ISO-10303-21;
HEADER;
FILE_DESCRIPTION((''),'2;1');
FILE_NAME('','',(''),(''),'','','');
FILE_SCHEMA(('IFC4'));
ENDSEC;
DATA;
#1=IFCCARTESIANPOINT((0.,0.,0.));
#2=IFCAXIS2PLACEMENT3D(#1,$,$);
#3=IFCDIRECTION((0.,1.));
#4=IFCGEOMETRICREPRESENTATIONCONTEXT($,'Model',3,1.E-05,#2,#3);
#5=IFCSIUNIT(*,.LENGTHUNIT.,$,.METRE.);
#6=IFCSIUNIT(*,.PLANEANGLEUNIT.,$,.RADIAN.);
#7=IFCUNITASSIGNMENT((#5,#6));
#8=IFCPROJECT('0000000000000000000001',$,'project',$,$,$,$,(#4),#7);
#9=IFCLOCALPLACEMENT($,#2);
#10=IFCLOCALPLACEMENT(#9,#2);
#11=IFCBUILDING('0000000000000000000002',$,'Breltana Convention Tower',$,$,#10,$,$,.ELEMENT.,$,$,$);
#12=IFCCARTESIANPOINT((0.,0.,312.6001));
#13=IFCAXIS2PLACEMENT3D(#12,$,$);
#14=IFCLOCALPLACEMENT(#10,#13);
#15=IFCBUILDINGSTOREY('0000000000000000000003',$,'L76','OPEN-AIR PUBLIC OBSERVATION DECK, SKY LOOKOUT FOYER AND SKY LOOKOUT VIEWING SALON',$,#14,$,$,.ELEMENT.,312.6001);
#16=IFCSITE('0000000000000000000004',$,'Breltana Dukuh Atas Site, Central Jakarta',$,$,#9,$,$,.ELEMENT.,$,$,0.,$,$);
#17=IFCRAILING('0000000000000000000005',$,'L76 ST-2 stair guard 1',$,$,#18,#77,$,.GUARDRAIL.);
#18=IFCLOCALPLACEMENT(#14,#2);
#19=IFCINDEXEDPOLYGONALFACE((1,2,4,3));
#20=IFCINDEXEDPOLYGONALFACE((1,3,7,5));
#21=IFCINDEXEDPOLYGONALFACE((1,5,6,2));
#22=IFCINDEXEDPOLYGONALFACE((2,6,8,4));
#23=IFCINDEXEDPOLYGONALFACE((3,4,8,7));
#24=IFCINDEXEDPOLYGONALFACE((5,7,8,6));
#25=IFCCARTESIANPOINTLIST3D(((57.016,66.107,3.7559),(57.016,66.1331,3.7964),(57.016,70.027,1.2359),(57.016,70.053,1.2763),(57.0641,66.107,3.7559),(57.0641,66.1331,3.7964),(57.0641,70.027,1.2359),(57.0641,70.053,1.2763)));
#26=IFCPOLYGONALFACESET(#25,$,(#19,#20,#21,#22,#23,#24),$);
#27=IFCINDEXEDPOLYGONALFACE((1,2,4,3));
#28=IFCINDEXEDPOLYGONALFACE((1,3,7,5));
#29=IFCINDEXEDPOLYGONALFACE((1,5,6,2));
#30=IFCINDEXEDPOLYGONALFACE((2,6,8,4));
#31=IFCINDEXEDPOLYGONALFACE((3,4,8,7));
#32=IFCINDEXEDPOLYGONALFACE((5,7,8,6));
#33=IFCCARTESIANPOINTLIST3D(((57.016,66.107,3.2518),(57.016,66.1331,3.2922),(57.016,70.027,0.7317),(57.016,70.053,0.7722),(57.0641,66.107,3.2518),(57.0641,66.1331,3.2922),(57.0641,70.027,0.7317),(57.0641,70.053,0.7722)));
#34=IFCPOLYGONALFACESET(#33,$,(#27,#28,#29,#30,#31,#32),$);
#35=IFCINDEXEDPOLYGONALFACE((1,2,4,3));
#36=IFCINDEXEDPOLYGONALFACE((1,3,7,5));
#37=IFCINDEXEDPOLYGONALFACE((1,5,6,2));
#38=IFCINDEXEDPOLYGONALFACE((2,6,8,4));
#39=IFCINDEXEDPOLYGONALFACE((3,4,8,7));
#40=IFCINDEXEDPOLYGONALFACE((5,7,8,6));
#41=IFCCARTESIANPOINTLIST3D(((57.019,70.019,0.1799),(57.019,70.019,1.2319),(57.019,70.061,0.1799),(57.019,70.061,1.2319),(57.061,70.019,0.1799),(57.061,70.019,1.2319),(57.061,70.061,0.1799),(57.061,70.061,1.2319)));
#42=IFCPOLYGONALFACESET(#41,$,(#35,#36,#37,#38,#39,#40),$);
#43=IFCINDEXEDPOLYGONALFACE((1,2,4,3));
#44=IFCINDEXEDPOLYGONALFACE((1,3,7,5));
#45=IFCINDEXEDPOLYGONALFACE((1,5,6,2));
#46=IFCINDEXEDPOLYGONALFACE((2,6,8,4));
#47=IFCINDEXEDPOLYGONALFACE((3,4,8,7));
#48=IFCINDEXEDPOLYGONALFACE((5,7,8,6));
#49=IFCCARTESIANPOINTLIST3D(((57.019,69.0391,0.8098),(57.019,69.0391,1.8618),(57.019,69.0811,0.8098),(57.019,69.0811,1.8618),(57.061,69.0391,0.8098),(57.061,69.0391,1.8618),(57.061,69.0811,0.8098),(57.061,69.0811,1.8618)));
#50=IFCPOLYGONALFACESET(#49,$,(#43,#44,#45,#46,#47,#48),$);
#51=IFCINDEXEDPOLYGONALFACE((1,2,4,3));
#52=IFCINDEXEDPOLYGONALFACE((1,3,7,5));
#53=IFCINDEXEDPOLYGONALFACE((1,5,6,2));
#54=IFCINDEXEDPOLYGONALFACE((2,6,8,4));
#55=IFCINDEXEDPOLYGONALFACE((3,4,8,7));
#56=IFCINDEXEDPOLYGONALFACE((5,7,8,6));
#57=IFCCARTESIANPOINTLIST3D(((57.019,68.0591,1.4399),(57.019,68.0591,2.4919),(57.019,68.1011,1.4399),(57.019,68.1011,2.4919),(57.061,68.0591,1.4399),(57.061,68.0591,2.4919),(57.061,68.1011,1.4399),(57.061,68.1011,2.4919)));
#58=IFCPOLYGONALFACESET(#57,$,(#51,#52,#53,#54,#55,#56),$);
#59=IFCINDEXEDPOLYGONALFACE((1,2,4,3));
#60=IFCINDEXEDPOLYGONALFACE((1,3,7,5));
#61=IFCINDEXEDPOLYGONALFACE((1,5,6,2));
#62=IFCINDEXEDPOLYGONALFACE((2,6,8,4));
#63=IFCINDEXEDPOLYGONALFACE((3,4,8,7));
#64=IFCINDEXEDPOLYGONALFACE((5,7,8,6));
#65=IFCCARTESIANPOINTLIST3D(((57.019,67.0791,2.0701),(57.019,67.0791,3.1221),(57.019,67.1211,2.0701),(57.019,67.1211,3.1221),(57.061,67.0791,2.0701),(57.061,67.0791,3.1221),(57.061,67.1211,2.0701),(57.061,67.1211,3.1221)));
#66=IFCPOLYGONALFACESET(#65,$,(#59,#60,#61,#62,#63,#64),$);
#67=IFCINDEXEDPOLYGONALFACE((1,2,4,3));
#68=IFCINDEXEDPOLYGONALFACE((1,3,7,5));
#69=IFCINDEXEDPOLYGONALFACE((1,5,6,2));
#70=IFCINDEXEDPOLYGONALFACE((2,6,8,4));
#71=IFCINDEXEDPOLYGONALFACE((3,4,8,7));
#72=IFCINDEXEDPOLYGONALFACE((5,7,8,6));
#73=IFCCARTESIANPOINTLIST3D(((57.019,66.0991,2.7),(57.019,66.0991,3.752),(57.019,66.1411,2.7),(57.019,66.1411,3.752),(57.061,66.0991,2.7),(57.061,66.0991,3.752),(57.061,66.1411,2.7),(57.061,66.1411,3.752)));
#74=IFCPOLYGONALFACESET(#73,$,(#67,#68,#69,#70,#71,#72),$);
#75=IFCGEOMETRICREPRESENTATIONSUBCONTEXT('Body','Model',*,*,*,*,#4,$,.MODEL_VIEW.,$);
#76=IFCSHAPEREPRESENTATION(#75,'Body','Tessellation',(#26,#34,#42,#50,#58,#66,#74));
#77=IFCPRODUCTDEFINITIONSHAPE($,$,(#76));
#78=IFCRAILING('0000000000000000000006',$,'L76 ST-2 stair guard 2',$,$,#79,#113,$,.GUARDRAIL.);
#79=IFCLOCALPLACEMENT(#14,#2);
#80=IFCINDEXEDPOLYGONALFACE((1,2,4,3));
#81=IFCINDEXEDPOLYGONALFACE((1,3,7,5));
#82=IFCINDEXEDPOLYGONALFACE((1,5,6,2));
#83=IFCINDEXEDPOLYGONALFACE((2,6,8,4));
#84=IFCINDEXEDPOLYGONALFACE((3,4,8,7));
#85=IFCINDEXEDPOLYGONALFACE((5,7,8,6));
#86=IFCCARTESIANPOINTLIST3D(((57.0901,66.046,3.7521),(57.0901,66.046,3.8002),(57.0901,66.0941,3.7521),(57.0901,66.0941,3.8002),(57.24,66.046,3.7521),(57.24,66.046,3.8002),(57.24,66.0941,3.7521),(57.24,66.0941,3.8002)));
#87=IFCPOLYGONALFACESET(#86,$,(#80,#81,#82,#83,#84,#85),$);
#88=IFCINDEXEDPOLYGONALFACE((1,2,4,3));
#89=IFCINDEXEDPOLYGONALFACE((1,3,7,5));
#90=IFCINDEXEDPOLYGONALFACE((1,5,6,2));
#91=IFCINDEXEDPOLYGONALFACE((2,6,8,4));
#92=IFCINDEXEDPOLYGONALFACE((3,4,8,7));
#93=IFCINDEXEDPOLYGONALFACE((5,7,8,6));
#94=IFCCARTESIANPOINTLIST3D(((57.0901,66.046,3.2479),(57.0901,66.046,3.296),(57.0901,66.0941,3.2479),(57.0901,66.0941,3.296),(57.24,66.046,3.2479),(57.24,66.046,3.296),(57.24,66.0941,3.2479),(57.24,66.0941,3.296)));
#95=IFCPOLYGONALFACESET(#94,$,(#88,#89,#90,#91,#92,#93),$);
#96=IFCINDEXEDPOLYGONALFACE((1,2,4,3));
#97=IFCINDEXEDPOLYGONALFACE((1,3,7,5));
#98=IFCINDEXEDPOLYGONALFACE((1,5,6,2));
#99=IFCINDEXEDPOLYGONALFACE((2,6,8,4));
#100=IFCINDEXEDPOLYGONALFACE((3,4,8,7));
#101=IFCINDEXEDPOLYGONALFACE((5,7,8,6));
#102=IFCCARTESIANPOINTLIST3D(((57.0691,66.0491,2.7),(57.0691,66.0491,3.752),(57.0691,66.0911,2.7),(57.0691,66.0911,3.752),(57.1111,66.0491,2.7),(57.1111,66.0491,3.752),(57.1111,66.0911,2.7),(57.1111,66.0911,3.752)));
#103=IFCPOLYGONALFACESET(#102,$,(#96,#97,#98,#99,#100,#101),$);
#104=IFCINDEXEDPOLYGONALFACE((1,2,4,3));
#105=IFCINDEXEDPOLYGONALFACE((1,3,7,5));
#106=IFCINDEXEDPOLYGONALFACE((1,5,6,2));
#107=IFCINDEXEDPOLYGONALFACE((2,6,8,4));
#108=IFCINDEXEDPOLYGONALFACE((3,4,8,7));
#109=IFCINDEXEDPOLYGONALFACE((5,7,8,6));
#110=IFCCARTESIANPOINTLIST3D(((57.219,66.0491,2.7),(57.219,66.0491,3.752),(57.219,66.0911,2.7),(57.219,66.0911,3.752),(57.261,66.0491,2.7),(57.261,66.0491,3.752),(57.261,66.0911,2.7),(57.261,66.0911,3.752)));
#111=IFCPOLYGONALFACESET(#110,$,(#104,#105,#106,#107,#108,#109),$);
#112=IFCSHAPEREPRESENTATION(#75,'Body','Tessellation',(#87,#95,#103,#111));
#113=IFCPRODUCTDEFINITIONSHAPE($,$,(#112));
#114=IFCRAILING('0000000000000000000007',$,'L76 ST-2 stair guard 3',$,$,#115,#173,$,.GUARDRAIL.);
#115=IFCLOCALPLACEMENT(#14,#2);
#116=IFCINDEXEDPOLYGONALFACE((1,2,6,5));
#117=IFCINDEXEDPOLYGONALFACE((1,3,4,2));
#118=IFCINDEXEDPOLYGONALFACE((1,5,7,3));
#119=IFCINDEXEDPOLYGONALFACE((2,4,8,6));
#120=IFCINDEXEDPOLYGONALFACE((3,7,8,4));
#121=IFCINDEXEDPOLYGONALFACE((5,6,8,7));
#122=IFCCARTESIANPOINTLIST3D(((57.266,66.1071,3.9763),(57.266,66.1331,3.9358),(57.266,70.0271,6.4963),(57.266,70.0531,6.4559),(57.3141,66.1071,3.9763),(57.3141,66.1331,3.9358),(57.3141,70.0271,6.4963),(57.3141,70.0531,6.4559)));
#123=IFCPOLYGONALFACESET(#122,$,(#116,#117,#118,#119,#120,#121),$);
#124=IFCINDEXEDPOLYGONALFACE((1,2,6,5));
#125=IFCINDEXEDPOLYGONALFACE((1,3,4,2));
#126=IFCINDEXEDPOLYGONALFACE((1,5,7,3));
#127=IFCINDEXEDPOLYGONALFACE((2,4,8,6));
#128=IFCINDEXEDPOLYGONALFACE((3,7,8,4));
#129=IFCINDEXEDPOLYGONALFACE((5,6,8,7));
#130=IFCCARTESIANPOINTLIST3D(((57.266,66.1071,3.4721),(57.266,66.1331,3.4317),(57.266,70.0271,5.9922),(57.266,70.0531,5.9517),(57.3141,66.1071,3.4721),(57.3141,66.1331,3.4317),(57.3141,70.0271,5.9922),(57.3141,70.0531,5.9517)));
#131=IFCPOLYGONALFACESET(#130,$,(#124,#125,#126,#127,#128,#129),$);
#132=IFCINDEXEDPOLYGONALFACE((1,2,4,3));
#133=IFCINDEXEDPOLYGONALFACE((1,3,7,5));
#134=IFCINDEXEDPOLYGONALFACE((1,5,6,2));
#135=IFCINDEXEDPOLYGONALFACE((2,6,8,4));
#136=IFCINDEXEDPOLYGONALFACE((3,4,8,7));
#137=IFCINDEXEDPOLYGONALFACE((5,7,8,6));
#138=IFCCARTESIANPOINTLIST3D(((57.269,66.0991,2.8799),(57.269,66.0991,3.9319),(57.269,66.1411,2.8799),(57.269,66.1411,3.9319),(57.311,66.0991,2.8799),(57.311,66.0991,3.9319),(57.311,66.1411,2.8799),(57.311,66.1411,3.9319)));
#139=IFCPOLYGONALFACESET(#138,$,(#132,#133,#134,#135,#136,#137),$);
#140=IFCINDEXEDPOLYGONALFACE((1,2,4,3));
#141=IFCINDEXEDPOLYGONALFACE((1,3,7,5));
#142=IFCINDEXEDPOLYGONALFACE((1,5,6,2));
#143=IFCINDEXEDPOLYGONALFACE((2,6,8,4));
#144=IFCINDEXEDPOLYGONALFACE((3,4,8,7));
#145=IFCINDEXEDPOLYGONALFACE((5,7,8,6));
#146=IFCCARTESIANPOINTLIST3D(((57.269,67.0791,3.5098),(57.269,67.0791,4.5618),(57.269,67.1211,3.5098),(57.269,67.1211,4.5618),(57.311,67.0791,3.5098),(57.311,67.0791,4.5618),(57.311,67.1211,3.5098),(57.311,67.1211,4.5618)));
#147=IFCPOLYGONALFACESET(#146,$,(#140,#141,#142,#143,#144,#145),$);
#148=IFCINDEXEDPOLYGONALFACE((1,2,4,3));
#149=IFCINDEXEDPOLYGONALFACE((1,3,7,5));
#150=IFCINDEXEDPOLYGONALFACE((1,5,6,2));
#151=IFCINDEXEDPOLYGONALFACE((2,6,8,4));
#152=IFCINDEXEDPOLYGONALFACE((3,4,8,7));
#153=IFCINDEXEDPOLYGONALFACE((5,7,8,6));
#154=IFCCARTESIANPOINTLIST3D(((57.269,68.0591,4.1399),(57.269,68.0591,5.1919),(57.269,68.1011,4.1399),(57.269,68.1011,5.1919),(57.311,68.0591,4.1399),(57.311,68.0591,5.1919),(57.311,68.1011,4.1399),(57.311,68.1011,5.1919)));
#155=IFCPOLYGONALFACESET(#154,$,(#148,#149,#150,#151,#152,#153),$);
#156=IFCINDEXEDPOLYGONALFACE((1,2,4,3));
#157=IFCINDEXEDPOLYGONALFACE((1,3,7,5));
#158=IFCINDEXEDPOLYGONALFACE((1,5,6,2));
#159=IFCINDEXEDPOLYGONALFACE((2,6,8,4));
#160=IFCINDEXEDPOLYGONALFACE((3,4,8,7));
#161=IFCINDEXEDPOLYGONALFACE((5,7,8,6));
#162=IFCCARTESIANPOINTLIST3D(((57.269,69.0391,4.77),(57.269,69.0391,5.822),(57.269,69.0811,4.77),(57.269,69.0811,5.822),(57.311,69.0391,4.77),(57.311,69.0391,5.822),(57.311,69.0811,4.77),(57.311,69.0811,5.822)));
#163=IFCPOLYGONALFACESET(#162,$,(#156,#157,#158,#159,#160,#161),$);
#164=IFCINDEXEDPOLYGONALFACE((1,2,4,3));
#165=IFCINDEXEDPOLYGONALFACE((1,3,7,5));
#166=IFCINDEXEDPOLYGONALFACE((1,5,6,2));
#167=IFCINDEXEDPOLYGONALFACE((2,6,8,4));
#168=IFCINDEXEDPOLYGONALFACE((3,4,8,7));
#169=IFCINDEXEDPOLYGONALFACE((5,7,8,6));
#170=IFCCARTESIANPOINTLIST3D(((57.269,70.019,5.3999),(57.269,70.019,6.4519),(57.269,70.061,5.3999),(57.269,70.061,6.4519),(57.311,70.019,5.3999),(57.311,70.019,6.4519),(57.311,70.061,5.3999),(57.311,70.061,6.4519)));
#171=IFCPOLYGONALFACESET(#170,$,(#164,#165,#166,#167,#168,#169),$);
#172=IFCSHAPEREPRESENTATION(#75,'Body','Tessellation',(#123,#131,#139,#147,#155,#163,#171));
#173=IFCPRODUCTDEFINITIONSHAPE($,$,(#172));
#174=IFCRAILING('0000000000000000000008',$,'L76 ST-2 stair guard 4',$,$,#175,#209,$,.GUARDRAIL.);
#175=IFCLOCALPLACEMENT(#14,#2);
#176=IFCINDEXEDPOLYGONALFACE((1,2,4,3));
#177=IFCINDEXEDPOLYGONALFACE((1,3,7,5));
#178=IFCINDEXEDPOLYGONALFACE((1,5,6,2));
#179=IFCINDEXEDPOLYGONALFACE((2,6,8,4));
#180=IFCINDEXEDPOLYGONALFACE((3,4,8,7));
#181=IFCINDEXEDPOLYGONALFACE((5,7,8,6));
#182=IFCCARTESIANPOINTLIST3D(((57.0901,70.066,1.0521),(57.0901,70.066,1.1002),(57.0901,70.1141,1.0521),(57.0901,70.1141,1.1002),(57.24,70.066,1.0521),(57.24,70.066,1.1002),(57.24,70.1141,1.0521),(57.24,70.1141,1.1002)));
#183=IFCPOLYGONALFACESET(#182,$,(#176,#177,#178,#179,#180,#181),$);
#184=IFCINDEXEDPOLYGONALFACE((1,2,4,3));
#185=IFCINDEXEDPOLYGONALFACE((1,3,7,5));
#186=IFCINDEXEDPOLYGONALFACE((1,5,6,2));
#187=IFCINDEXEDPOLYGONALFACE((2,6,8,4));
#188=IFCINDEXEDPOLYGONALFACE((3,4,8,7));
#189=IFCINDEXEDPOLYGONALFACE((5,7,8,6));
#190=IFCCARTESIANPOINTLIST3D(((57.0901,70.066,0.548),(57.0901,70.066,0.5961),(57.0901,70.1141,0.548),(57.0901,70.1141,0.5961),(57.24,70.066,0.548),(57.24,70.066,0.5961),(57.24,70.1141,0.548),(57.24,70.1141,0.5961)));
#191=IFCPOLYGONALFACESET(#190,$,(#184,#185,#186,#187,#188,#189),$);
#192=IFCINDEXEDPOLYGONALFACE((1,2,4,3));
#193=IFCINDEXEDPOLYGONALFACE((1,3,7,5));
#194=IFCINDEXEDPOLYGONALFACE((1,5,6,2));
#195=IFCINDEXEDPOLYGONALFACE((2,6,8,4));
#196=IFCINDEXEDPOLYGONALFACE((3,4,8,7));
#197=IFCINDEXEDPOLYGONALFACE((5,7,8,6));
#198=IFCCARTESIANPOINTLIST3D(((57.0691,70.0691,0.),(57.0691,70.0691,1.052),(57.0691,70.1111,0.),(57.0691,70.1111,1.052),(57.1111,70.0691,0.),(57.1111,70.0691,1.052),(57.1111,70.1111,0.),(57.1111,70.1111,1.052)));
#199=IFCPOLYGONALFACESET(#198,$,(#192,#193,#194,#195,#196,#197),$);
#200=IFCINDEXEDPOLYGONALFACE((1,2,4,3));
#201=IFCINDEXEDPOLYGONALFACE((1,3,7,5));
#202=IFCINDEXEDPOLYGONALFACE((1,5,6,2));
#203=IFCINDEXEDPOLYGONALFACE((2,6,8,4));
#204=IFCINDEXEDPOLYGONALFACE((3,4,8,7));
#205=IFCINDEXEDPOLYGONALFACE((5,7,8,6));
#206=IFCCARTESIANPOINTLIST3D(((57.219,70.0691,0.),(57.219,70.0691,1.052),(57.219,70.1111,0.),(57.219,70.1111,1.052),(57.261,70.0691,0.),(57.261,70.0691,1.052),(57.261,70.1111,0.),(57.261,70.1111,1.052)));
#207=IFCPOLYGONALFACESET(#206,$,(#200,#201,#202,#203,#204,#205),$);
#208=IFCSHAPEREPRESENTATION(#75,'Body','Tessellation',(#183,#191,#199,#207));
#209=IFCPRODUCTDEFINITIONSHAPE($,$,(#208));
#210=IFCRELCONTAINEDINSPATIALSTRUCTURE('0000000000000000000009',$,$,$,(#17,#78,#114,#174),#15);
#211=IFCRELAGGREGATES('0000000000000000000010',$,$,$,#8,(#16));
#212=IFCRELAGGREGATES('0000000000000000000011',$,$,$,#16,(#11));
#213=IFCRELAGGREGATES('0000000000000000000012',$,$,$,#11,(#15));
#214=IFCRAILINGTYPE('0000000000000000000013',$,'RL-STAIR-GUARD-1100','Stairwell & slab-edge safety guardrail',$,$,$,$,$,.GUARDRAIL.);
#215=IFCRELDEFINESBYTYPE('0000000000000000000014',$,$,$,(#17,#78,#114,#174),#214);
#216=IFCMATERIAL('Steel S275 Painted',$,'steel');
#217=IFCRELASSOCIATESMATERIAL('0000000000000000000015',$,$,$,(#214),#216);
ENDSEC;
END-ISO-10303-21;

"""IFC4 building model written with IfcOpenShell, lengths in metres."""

from ifc_helpers import new_model, si_unit, direction, frame, origin, origin_2d, place, context, subcontext, project, spatial, rectangle, extrude, material, type_object, element, save


model = new_model("IFC4")

# Units and contexts
model_context = context("Model", 3, precision=1e-05, world=origin(), true_north=direction((0.0, 1.0)))
body_context = subcontext(model_context, "Body", "Model", "MODEL_VIEW")
ifc_project = project(units=[si_unit("LENGTHUNIT", "METRE"), si_unit("PLANEANGLEUNIT", "RADIAN")], contexts=[model_context])

# Site, building, storey
site_placement = place(None, origin())
site = spatial("IfcSite", under=ifc_project, at=site_placement, Name="Breltana Dukuh Atas Site, Central Jakarta", CompositionType="ELEMENT", RefElevation=0.0)
building_placement = place(site_placement, origin())
building = spatial("IfcBuilding", under=site, at=building_placement, Name="Breltana Convention Tower", CompositionType="ELEMENT")
storey_placement = place(building_placement, frame((0.0, 0.0, 312.6001)))
storey = spatial("IfcBuildingStorey", under=building, at=storey_placement, Name="L76", Description="OPEN-AIR PUBLIC OBSERVATION DECK, SKY LOOKOUT FOYER AND SKY LOOKOUT VIEWING SALON", CompositionType="ELEMENT", Elevation=312.6001)

# Railings
ifc_material_1 = material(Name="Steel S275 Painted", Category="steel")
railing_type_1 = type_object("IfcRailingType", Name="RL-STAIR-GUARD-1100", Description="Stairwell & slab-edge safety guardrail", PredefinedType="GUARDRAIL", material=ifc_material_1)
railing_1_placement = place(storey_placement, frame((57.04, 70.04, 0.1799)))
element("IfcRailing", 1, at=railing_1_placement, inside=storey, type_object=railing_type_1, Name="L76 ST-2 stair guard 1", PredefinedType="GUARDRAIL", context=body_context, shape_type="SweptSolid", body=[
    extrude(rectangle(XDim=0.0481, YDim=0.0481, at=origin_2d()), frame((0.0, 0.0, 1.0762), z_axis=(0.0, -0.841172, 0.540768), x_axis=(1.0, 0.0, 0.0)), (0.0, 0.0, 1.0), 4.6602),
    extrude(rectangle(XDim=0.0481, YDim=0.0481, at=origin_2d()), frame((0.0, 0.0, 0.572), z_axis=(0.0, -0.841172, 0.540768), x_axis=(1.0, 0.0, 0.0)), (0.0, 0.0, 1.0), 4.6602),
    extrude(rectangle(XDim=0.042, YDim=0.042, at=origin_2d()), origin(), (0.0, 0.0, 1.0), 1.052),
    extrude(rectangle(XDim=0.042, YDim=0.042, at=origin_2d()), frame((0.0, -0.98, 0.6299)), (0.0, 0.0, 1.0), 1.052),
    extrude(rectangle(XDim=0.042, YDim=0.042, at=origin_2d()), frame((0.0, -1.96, 1.26)), (0.0, 0.0, 1.0), 1.052),
    extrude(rectangle(XDim=0.042, YDim=0.042, at=origin_2d()), frame((0.0, -2.9399, 1.8901)), (0.0, 0.0, 1.0), 1.052),
    extrude(rectangle(XDim=0.042, YDim=0.042, at=origin_2d()), frame((0.0, -3.9199, 2.52)), (0.0, 0.0, 1.0), 1.052),
])
railing_2_placement = place(storey_placement, frame((57.0901, 66.0701, 2.7)))
element("IfcRailing", 2, at=railing_2_placement, inside=storey, type_object=railing_type_1, Name="L76 ST-2 stair guard 2", PredefinedType="GUARDRAIL", context=body_context, shape_type="SweptSolid", body=[
    extrude(rectangle(XDim=0.0481, YDim=0.0481, at=origin_2d()), frame((0.0, 0.0, 1.0762), z_axis=(1.0, 0.0, 0.0), x_axis=(0.0, 1.0, 0.0)), (0.0, 0.0, 1.0), 0.1499),
    extrude(rectangle(XDim=0.0481, YDim=0.0481, at=origin_2d()), frame((0.0, 0.0, 0.572), z_axis=(1.0, 0.0, 0.0), x_axis=(0.0, 1.0, 0.0)), (0.0, 0.0, 1.0), 0.1499),
    extrude(rectangle(XDim=0.042, YDim=0.042, at=origin_2d()), origin(), (0.0, 0.0, 1.0), 1.052),
    extrude(rectangle(XDim=0.042, YDim=0.042, at=origin_2d()), frame((0.1499, 0.0, 0.0)), (0.0, 0.0, 1.0), 1.052),
])
railing_3_placement = place(storey_placement, frame((57.29, 66.1201, 2.8799)))
element("IfcRailing", 3, at=railing_3_placement, inside=storey, type_object=railing_type_1, Name="L76 ST-2 stair guard 3", PredefinedType="GUARDRAIL", context=body_context, shape_type="SweptSolid", body=[
    extrude(rectangle(XDim=0.0481, YDim=0.0481, at=origin_2d()), frame((0.0, 0.0, 1.0762), z_axis=(0.0, 0.841172, 0.540768), x_axis=(-1.0, 0.0, 0.0)), (0.0, 0.0, 1.0), 4.6602),
    extrude(rectangle(XDim=0.0481, YDim=0.0481, at=origin_2d()), frame((0.0, 0.0, 0.572), z_axis=(0.0, 0.841172, 0.540768), x_axis=(-1.0, 0.0, 0.0)), (0.0, 0.0, 1.0), 4.6602),
    extrude(rectangle(XDim=0.042, YDim=0.042, at=origin_2d()), origin(), (0.0, 0.0, 1.0), 1.052),
    extrude(rectangle(XDim=0.042, YDim=0.042, at=origin_2d()), frame((0.0, 0.98, 0.6299)), (0.0, 0.0, 1.0), 1.052),
    extrude(rectangle(XDim=0.042, YDim=0.042, at=origin_2d()), frame((0.0, 1.96, 1.26)), (0.0, 0.0, 1.0), 1.052),
    extrude(rectangle(XDim=0.042, YDim=0.042, at=origin_2d()), frame((0.0, 2.9399, 1.8901)), (0.0, 0.0, 1.0), 1.052),
    extrude(rectangle(XDim=0.042, YDim=0.042, at=origin_2d()), frame((0.0, 3.9199, 2.52)), (0.0, 0.0, 1.0), 1.052),
])
railing_4_placement = place(storey_placement, frame((57.0901, 70.0901, 0.0)))
element("IfcRailing", 4, at=railing_4_placement, inside=storey, type_object=railing_type_1, Name="L76 ST-2 stair guard 4", PredefinedType="GUARDRAIL", context=body_context, shape_type="SweptSolid", body=[
    extrude(rectangle(XDim=0.0481, YDim=0.0481, at=origin_2d()), frame((0.0, 0.0, 1.0762), z_axis=(1.0, 0.0, 0.0), x_axis=(0.0, 1.0, 0.0)), (0.0, 0.0, 1.0), 0.1499),
    extrude(rectangle(XDim=0.0481, YDim=0.0481, at=origin_2d()), frame((0.0, 0.0, 0.572), z_axis=(1.0, 0.0, 0.0), x_axis=(0.0, 1.0, 0.0)), (0.0, 0.0, 1.0), 0.1499),
    extrude(rectangle(XDim=0.042, YDim=0.042, at=origin_2d()), origin(), (0.0, 0.0, 1.0), 1.052),
    extrude(rectangle(XDim=0.042, YDim=0.042, at=origin_2d()), frame((0.1499, 0.0, 0.0)), (0.0, 0.0, 1.0), 1.052),
])

save(model, "model.ifc")
